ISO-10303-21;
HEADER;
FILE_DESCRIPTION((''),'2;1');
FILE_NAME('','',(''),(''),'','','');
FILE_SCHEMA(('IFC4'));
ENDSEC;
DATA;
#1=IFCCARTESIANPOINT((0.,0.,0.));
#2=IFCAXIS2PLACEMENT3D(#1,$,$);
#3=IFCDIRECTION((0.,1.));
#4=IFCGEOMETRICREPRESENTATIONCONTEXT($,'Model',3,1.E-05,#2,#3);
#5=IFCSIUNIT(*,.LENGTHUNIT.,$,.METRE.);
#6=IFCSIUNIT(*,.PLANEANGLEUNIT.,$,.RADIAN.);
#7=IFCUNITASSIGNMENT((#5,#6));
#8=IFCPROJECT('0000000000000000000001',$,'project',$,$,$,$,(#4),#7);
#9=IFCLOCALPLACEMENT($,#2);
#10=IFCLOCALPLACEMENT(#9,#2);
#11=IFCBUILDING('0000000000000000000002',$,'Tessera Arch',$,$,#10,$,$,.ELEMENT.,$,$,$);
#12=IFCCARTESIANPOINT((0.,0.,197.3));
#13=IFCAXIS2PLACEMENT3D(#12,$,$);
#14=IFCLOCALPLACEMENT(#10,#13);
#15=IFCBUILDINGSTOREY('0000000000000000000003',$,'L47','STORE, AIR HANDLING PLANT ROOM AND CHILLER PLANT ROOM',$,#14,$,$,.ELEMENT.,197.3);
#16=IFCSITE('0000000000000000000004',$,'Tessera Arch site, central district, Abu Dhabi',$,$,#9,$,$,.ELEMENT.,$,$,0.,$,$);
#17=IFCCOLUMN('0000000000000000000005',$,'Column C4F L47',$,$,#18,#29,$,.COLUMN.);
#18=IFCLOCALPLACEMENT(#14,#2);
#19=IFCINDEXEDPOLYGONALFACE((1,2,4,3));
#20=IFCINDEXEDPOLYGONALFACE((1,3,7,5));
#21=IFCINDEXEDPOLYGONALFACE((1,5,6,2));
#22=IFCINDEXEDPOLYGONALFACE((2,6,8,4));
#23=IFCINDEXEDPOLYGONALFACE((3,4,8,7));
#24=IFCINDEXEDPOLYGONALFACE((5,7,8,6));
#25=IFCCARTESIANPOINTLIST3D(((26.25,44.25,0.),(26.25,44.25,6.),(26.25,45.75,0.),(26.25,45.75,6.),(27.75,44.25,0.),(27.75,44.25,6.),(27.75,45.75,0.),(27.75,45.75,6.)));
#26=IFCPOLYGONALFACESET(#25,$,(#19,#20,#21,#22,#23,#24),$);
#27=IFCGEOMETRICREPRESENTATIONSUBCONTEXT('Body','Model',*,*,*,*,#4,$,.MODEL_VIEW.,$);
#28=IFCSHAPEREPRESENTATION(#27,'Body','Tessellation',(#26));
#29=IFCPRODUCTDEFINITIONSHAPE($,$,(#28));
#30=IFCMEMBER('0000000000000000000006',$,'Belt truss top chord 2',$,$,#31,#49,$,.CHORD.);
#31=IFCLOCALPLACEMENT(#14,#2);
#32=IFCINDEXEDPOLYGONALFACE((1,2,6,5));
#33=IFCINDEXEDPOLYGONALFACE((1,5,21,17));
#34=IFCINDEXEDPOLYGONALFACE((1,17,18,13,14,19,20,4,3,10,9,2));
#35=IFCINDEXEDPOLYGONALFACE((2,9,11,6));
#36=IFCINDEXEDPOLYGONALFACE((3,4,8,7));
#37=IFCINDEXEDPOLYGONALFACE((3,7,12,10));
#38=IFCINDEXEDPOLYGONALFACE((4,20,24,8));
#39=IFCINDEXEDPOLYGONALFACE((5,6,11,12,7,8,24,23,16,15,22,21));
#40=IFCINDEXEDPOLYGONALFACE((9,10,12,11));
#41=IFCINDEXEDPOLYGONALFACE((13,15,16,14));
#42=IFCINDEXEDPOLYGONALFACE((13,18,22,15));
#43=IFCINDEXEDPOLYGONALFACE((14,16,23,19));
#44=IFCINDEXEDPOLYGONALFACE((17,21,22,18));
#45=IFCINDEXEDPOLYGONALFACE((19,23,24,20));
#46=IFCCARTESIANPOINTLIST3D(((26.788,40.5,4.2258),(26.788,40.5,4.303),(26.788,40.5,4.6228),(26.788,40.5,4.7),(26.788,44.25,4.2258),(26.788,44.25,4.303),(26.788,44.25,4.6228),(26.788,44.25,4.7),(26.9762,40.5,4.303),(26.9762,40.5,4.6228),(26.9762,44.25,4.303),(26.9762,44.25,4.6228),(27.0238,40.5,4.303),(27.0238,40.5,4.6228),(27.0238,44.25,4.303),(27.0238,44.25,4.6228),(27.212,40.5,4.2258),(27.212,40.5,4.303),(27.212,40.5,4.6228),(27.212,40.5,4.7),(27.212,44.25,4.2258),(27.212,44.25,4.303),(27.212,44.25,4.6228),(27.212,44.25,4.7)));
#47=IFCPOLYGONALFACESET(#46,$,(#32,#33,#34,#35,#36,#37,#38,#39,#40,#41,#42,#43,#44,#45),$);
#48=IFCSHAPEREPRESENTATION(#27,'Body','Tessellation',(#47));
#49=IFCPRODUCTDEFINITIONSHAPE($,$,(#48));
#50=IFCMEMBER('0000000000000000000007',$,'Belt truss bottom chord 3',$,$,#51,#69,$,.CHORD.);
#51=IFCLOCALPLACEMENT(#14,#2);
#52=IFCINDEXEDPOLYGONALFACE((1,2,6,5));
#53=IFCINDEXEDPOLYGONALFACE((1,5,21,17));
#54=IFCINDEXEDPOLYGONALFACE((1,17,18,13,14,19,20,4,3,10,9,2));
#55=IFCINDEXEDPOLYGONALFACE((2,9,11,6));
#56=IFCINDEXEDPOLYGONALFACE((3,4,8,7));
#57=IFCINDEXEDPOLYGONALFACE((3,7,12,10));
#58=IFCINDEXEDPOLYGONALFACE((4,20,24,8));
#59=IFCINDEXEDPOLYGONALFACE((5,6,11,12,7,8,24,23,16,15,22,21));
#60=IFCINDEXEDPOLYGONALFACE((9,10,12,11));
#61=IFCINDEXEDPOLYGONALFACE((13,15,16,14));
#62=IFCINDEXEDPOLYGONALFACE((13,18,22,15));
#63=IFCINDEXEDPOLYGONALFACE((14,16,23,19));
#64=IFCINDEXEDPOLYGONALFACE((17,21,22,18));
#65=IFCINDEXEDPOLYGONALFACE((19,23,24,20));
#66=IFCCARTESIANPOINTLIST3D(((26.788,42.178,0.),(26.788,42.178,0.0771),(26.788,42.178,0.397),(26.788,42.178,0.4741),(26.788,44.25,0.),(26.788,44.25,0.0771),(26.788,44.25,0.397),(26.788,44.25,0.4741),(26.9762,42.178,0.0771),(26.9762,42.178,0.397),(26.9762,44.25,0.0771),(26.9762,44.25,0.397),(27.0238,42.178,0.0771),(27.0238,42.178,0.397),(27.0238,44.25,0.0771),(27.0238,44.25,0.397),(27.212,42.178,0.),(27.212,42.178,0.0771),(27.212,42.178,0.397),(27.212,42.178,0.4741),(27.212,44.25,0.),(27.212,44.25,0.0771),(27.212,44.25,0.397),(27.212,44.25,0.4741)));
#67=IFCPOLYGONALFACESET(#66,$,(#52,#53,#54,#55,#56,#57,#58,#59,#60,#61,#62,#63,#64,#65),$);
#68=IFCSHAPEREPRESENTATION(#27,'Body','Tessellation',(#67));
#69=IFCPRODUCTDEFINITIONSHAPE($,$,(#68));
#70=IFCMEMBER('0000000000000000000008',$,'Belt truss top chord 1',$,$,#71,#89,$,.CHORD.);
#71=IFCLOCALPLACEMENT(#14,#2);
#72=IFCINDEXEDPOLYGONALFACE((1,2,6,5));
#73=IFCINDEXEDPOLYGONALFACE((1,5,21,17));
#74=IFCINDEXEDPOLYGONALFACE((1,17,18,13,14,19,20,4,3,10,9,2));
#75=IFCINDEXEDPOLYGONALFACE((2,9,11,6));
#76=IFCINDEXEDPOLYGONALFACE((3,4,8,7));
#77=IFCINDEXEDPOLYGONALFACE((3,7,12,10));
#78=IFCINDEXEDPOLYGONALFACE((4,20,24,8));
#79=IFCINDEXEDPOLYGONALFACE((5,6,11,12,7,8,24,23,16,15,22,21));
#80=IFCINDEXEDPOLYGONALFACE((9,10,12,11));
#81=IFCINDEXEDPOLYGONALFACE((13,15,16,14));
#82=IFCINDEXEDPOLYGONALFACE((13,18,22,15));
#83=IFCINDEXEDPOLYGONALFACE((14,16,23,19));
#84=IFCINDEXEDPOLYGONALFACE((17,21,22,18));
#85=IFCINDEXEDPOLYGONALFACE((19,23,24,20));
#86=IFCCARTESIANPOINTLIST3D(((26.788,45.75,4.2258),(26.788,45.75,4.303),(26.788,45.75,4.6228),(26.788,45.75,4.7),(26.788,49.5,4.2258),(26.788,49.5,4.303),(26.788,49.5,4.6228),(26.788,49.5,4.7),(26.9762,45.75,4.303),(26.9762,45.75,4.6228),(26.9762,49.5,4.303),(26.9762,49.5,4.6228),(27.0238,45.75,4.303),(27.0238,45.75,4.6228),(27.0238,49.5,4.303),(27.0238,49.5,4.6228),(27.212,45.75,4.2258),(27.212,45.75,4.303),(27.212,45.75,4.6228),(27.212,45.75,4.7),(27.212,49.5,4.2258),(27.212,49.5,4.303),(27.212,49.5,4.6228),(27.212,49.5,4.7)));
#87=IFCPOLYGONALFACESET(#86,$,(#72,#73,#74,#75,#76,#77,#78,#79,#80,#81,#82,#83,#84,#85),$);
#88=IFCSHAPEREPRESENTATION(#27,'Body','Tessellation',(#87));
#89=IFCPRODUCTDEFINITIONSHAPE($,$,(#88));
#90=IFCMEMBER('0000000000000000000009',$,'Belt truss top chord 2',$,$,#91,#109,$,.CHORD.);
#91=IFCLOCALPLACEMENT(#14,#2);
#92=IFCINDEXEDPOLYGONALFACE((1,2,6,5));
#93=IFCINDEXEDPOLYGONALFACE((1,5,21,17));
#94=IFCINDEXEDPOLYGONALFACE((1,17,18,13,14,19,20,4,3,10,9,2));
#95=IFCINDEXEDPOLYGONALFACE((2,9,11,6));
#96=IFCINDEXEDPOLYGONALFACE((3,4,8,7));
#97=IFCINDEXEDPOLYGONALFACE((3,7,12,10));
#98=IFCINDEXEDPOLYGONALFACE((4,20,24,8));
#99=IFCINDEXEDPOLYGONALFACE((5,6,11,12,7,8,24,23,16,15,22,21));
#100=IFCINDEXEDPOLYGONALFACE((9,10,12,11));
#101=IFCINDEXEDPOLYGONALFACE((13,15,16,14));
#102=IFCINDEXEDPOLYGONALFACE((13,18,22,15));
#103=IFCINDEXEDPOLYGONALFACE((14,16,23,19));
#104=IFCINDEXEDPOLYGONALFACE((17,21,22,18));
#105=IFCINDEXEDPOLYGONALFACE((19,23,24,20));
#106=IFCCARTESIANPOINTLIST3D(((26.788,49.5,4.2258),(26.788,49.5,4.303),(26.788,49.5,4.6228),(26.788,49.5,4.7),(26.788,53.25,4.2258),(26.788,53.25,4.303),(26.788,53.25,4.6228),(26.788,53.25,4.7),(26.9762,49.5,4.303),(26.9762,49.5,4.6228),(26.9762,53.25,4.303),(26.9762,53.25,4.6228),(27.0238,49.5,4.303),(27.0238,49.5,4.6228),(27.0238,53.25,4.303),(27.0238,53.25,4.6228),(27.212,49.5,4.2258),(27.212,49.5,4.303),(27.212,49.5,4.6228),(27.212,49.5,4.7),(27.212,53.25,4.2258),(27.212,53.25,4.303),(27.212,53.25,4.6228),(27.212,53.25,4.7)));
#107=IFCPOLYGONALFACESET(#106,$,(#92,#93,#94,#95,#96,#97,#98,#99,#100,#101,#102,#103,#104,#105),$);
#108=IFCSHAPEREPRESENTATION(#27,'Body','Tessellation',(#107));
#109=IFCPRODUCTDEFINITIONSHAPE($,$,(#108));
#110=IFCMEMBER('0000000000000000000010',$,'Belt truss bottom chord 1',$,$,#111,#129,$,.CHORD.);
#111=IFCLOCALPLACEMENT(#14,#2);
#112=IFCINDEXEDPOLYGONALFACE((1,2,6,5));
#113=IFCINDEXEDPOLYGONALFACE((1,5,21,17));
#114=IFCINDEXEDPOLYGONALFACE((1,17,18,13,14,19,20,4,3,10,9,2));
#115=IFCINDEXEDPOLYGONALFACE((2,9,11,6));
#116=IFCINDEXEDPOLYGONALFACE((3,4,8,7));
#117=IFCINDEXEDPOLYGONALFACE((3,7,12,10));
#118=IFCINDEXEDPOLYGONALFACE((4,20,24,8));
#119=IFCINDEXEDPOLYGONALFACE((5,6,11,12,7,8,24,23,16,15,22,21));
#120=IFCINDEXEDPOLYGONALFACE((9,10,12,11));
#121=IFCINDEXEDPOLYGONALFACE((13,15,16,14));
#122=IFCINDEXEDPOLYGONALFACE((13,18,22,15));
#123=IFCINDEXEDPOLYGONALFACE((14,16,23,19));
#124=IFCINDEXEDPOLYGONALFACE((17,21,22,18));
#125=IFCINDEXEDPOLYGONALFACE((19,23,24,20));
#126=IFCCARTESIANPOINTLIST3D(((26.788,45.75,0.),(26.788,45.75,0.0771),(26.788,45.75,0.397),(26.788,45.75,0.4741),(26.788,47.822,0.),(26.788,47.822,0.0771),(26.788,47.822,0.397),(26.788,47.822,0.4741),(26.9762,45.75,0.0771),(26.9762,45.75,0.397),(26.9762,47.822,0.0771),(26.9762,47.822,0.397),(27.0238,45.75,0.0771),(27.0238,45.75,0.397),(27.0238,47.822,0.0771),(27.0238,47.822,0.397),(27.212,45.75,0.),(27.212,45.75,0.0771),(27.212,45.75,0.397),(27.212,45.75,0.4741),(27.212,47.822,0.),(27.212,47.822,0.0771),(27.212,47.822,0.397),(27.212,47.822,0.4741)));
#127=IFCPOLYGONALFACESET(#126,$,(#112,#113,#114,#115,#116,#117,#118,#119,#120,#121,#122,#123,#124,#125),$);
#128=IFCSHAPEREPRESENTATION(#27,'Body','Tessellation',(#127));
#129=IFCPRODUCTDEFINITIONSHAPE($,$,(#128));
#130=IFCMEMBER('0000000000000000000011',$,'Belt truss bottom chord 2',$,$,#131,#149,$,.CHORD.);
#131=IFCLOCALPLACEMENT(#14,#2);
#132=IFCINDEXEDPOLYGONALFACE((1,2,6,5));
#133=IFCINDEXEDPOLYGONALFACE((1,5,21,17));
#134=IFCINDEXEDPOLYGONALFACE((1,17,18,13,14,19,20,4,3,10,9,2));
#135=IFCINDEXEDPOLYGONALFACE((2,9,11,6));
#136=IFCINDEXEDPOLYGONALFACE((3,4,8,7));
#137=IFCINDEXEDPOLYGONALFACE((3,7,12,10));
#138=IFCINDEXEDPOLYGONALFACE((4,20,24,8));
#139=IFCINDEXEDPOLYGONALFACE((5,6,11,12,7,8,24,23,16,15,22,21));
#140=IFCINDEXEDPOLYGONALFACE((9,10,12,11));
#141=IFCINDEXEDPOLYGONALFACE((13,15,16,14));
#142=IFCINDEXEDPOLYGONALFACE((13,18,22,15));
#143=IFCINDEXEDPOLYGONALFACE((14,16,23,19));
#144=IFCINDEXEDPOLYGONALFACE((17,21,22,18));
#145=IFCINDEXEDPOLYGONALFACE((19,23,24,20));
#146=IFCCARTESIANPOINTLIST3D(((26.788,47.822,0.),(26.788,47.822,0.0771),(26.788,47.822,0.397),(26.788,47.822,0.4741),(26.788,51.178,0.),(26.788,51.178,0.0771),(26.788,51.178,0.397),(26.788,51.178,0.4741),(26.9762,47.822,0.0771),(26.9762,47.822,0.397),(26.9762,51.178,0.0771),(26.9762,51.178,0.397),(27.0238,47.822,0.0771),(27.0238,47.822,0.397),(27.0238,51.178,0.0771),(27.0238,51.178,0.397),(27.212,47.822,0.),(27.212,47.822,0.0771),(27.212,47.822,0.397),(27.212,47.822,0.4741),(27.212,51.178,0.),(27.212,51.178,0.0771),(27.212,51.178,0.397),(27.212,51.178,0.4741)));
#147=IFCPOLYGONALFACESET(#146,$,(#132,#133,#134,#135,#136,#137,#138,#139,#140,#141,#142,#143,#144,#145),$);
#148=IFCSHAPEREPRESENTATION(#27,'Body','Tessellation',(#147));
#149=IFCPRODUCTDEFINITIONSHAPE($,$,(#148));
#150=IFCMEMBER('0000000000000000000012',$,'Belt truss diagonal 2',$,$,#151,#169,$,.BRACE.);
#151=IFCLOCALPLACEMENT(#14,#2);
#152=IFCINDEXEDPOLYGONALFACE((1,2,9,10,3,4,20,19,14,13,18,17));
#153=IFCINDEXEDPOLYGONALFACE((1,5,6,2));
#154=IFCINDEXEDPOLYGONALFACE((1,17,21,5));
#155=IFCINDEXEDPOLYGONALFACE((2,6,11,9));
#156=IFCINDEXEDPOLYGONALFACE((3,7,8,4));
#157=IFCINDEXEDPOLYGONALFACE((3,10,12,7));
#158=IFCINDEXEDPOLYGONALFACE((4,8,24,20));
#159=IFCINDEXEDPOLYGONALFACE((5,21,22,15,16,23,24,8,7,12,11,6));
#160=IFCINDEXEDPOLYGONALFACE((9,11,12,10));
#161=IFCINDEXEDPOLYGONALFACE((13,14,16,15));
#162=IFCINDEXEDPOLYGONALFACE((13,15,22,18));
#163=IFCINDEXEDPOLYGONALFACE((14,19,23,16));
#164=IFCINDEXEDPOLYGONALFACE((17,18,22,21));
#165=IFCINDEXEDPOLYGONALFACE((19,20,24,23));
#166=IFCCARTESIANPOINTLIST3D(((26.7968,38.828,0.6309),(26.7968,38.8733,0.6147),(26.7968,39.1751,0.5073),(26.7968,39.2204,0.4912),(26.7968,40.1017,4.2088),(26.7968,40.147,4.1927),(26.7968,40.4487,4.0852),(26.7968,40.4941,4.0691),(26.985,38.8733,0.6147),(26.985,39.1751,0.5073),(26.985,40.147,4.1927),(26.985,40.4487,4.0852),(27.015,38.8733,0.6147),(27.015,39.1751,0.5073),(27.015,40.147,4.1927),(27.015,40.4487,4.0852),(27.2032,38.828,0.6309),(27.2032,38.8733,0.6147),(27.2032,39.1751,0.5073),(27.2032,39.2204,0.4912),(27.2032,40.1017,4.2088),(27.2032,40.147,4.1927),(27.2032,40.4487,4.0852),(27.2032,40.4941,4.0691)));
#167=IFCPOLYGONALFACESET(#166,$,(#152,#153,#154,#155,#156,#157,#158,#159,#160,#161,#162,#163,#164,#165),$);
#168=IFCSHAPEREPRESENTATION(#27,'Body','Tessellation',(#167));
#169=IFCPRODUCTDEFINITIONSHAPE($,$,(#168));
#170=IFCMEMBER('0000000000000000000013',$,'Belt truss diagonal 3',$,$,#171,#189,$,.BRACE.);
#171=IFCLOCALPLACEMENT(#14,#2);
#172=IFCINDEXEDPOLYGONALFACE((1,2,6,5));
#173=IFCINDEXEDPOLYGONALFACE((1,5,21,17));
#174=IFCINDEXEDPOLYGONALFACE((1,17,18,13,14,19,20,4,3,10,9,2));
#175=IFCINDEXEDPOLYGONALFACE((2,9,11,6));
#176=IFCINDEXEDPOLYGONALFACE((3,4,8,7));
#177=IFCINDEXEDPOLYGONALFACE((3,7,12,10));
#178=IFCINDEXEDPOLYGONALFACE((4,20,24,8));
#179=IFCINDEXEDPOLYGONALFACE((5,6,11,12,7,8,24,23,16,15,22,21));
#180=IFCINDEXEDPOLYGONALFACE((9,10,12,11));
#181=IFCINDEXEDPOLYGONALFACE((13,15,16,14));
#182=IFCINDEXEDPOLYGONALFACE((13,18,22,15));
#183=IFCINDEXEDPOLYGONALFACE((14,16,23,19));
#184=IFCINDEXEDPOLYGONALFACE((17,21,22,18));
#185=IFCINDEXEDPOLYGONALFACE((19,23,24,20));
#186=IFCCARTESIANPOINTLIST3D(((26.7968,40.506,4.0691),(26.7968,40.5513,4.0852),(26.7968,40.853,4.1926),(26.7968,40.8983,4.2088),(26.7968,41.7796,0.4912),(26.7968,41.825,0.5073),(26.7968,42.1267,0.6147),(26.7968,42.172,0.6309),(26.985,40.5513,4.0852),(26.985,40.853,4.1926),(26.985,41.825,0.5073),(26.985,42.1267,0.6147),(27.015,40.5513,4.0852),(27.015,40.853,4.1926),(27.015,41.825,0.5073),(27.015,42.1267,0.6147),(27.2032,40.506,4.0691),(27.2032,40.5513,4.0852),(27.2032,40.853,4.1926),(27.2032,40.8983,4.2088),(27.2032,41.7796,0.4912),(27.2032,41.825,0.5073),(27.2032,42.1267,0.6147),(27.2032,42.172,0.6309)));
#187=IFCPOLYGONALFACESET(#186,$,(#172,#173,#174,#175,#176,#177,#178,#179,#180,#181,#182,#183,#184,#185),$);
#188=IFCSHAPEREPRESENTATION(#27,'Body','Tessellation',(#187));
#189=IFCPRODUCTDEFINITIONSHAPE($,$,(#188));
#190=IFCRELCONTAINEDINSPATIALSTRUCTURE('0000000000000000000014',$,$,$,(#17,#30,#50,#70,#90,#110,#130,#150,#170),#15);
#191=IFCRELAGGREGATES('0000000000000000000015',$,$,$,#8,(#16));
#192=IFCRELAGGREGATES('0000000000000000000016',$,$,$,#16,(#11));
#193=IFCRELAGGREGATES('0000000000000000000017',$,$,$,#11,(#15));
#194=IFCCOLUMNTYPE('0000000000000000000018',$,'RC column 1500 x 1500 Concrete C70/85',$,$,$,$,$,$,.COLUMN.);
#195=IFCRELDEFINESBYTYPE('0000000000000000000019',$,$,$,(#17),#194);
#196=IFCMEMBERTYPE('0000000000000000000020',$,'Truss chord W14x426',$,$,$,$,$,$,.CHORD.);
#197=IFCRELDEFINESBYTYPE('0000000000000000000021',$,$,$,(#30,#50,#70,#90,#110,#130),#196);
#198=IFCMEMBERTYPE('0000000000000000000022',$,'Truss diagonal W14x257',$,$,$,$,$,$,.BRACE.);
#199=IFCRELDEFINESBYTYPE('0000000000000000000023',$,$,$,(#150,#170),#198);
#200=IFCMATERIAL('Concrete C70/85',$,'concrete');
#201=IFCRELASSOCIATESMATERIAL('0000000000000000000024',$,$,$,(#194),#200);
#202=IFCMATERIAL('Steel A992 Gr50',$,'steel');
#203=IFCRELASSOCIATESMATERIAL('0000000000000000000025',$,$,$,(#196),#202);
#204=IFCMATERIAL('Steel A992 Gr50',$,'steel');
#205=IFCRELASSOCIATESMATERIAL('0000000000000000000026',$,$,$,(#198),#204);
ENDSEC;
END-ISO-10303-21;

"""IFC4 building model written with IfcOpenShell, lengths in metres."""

from ifc_helpers import new_model, si_unit, direction, frame, origin, origin_2d, place, context, subcontext, project, spatial, rectangle, i_section, extrude, material, material_profile, profile_set, type_object, element, save


model = new_model("IFC4")

# Units and contexts
model_context = context("Model", 3, precision=1e-05, world=origin(), true_north=direction((0.0, 1.0)))
body_context = subcontext(model_context, "Body", "Model", "MODEL_VIEW")
ifc_project = project(units=[si_unit("LENGTHUNIT", "METRE"), si_unit("PLANEANGLEUNIT", "RADIAN")], contexts=[model_context])

# Site, building, storey
site_placement = place(None, origin())
site = spatial("IfcSite", under=ifc_project, at=site_placement, Name="Tessera Arch site, central district, Abu Dhabi", CompositionType="ELEMENT", RefElevation=0.0)
building_placement = place(site_placement, origin())
building = spatial("IfcBuilding", under=site, at=building_placement, Name="Tessera Arch", CompositionType="ELEMENT")
storey_placement = place(building_placement, frame((0.0, 0.0, 197.3)))
storey = spatial("IfcBuildingStorey", under=building, at=storey_placement, Name="L47", Description="STORE, AIR HANDLING PLANT ROOM AND CHILLER PLANT ROOM", CompositionType="ELEMENT", Elevation=197.3)

# Column
ifc_material_1 = material(Name="Concrete C70/85", Category="concrete")
ifc_material_profile_1 = material_profile(ifc_material_1, rectangle(XDim=1.5, YDim=1.5, at=origin_2d()), Name="RC column 1500 x 1500 Concrete C70/85")
ifc_profile_set_1 = profile_set([ifc_material_profile_1], Name="Concrete C70/85")
column_type = type_object("IfcColumnType", Name="RC column 1500 x 1500 Concrete C70/85", PredefinedType="COLUMN", material=ifc_profile_set_1)
column_placement = place(storey_placement, frame((27.0, 45.0, 0.0), z_axis=(0.0, 0.0, 1.0), x_axis=(1.0, 0.0, 0.0)))
element("IfcColumn", 1, at=column_placement, inside=storey, type_object=column_type, Name="Column C4F L47", PredefinedType="COLUMN", context=body_context, shape_type="SweptSolid", body=[
    extrude(rectangle(XDim=1.5, YDim=1.5, at=origin_2d()), origin(), (0.0, 0.0, 1.0), 6.0),
])

# Members
ifc_material_2 = material(Name="Steel A992 Gr50", Category="steel")
ifc_material_profile_2 = material_profile(ifc_material_2, i_section(OverallWidth=0.4241, OverallDepth=0.4741, WebThickness=0.0476, FlangeThickness=0.0771, at=origin_2d()), Name="W14x426")
ifc_profile_set_2 = profile_set([ifc_material_profile_2], Name="Steel A992 Gr50")
member_type_1 = type_object("IfcMemberType", Name="Truss chord W14x426", PredefinedType="CHORD", material=ifc_profile_set_2)
member_1_placement = place(storey_placement, frame((27.0, 40.5, 4.4629), z_axis=(0.0, 1.0, 0.0), x_axis=(-1.0, 0.0, 0.0)))
element("IfcMember", 2, at=member_1_placement, inside=storey, type_object=member_type_1, Name="Belt truss top chord 2", PredefinedType="CHORD", context=body_context, shape_type="SweptSolid", body=[
    extrude(i_section(OverallWidth=0.4241, OverallDepth=0.4741, WebThickness=0.0476, FlangeThickness=0.0771, at=origin_2d()), origin(), (0.0, 0.0, 1.0), 3.75),
])
member_2_placement = place(storey_placement, frame((27.0, 42.178, 0.2371), z_axis=(0.0, 1.0, 0.0), x_axis=(-1.0, 0.0, 0.0)))
element("IfcMember", 3, at=member_2_placement, inside=storey, type_object=member_type_1, Name="Belt truss bottom chord 3", PredefinedType="CHORD", context=body_context, shape_type="SweptSolid", body=[
    extrude(i_section(OverallWidth=0.4241, OverallDepth=0.4741, WebThickness=0.0476, FlangeThickness=0.0771, at=origin_2d()), origin(), (0.0, 0.0, 1.0), 2.072),
])
for number, where, z_axis, x_axis, name in (
    (4, (27.0, 45.75, 4.4629), (0.0, 1.0, 0.0), (-1.0, 0.0, 0.0), "Belt truss top chord 1"),
    (5, (27.0, 49.5, 4.4629), (0.0, 1.0, 0.0), (-1.0, 0.0, 0.0), "Belt truss top chord 2"),
):
    element("IfcMember", number, at=place(storey_placement, frame(where, z_axis=z_axis, x_axis=x_axis)), inside=storey, type_object=member_type_1, Name=name, PredefinedType="CHORD", context=body_context, shape_type="SweptSolid", body=[
        extrude(i_section(OverallWidth=0.4241, OverallDepth=0.4741, WebThickness=0.0476, FlangeThickness=0.0771, at=origin_2d()), origin(), (0.0, 0.0, 1.0), 3.75),
    ])
member_3_placement = place(storey_placement, frame((27.0, 45.75, 0.2371), z_axis=(0.0, 1.0, 0.0), x_axis=(-1.0, 0.0, 0.0)))
element("IfcMember", 6, at=member_3_placement, inside=storey, type_object=member_type_1, Name="Belt truss bottom chord 1", PredefinedType="CHORD", context=body_context, shape_type="SweptSolid", body=[
    extrude(i_section(OverallWidth=0.4241, OverallDepth=0.4741, WebThickness=0.0476, FlangeThickness=0.0771, at=origin_2d()), origin(), (0.0, 0.0, 1.0), 2.072),
])
member_4_placement = place(storey_placement, frame((27.0, 47.822, 0.2371), z_axis=(0.0, 1.0, 0.0), x_axis=(-1.0, 0.0, 0.0)))
element("IfcMember", 7, at=member_4_placement, inside=storey, type_object=member_type_1, Name="Belt truss bottom chord 2", PredefinedType="CHORD", context=body_context, shape_type="SweptSolid", body=[
    extrude(i_section(OverallWidth=0.4241, OverallDepth=0.4741, WebThickness=0.0476, FlangeThickness=0.0771, at=origin_2d()), origin(), (0.0, 0.0, 1.0), 3.356),
])
ifc_material_3 = material(Name="Steel A992 Gr50", Category="steel")
ifc_material_profile_3 = material_profile(ifc_material_3, i_section(OverallWidth=0.4065, OverallDepth=0.4165, WebThickness=0.03, FlangeThickness=0.0481, at=origin_2d()), Name="W14x257")
ifc_profile_set_3 = profile_set([ifc_material_profile_3], Name="Steel A992 Gr50")
member_type_2 = type_object("IfcMemberType", Name="Truss diagonal W14x257", PredefinedType="BRACE", material=ifc_profile_set_3)
for number, where, z_axis, x_axis, name in (
    (8, (27.0, 39.0242, 0.561), (0.0, 0.335371, 0.942086), (-1.0, 0.0, 0.0), "Belt truss diagonal 2"),
    (9, (27.0, 40.7021, 4.1389), (0.0, 0.335371, -0.942086), (-1.0, 0.0, 0.0), "Belt truss diagonal 3"),
):
    element("IfcMember", number, at=place(storey_placement, frame(where, z_axis=z_axis, x_axis=x_axis)), inside=storey, type_object=member_type_2, Name=name, PredefinedType="BRACE", context=body_context, shape_type="SweptSolid", body=[
        extrude(i_section(OverallWidth=0.4065, OverallDepth=0.4165, WebThickness=0.03, FlangeThickness=0.0481, at=origin_2d()), origin(), (0.0, 0.0, 1.0), 3.7979),
    ])

save(model, "model.ifc")
